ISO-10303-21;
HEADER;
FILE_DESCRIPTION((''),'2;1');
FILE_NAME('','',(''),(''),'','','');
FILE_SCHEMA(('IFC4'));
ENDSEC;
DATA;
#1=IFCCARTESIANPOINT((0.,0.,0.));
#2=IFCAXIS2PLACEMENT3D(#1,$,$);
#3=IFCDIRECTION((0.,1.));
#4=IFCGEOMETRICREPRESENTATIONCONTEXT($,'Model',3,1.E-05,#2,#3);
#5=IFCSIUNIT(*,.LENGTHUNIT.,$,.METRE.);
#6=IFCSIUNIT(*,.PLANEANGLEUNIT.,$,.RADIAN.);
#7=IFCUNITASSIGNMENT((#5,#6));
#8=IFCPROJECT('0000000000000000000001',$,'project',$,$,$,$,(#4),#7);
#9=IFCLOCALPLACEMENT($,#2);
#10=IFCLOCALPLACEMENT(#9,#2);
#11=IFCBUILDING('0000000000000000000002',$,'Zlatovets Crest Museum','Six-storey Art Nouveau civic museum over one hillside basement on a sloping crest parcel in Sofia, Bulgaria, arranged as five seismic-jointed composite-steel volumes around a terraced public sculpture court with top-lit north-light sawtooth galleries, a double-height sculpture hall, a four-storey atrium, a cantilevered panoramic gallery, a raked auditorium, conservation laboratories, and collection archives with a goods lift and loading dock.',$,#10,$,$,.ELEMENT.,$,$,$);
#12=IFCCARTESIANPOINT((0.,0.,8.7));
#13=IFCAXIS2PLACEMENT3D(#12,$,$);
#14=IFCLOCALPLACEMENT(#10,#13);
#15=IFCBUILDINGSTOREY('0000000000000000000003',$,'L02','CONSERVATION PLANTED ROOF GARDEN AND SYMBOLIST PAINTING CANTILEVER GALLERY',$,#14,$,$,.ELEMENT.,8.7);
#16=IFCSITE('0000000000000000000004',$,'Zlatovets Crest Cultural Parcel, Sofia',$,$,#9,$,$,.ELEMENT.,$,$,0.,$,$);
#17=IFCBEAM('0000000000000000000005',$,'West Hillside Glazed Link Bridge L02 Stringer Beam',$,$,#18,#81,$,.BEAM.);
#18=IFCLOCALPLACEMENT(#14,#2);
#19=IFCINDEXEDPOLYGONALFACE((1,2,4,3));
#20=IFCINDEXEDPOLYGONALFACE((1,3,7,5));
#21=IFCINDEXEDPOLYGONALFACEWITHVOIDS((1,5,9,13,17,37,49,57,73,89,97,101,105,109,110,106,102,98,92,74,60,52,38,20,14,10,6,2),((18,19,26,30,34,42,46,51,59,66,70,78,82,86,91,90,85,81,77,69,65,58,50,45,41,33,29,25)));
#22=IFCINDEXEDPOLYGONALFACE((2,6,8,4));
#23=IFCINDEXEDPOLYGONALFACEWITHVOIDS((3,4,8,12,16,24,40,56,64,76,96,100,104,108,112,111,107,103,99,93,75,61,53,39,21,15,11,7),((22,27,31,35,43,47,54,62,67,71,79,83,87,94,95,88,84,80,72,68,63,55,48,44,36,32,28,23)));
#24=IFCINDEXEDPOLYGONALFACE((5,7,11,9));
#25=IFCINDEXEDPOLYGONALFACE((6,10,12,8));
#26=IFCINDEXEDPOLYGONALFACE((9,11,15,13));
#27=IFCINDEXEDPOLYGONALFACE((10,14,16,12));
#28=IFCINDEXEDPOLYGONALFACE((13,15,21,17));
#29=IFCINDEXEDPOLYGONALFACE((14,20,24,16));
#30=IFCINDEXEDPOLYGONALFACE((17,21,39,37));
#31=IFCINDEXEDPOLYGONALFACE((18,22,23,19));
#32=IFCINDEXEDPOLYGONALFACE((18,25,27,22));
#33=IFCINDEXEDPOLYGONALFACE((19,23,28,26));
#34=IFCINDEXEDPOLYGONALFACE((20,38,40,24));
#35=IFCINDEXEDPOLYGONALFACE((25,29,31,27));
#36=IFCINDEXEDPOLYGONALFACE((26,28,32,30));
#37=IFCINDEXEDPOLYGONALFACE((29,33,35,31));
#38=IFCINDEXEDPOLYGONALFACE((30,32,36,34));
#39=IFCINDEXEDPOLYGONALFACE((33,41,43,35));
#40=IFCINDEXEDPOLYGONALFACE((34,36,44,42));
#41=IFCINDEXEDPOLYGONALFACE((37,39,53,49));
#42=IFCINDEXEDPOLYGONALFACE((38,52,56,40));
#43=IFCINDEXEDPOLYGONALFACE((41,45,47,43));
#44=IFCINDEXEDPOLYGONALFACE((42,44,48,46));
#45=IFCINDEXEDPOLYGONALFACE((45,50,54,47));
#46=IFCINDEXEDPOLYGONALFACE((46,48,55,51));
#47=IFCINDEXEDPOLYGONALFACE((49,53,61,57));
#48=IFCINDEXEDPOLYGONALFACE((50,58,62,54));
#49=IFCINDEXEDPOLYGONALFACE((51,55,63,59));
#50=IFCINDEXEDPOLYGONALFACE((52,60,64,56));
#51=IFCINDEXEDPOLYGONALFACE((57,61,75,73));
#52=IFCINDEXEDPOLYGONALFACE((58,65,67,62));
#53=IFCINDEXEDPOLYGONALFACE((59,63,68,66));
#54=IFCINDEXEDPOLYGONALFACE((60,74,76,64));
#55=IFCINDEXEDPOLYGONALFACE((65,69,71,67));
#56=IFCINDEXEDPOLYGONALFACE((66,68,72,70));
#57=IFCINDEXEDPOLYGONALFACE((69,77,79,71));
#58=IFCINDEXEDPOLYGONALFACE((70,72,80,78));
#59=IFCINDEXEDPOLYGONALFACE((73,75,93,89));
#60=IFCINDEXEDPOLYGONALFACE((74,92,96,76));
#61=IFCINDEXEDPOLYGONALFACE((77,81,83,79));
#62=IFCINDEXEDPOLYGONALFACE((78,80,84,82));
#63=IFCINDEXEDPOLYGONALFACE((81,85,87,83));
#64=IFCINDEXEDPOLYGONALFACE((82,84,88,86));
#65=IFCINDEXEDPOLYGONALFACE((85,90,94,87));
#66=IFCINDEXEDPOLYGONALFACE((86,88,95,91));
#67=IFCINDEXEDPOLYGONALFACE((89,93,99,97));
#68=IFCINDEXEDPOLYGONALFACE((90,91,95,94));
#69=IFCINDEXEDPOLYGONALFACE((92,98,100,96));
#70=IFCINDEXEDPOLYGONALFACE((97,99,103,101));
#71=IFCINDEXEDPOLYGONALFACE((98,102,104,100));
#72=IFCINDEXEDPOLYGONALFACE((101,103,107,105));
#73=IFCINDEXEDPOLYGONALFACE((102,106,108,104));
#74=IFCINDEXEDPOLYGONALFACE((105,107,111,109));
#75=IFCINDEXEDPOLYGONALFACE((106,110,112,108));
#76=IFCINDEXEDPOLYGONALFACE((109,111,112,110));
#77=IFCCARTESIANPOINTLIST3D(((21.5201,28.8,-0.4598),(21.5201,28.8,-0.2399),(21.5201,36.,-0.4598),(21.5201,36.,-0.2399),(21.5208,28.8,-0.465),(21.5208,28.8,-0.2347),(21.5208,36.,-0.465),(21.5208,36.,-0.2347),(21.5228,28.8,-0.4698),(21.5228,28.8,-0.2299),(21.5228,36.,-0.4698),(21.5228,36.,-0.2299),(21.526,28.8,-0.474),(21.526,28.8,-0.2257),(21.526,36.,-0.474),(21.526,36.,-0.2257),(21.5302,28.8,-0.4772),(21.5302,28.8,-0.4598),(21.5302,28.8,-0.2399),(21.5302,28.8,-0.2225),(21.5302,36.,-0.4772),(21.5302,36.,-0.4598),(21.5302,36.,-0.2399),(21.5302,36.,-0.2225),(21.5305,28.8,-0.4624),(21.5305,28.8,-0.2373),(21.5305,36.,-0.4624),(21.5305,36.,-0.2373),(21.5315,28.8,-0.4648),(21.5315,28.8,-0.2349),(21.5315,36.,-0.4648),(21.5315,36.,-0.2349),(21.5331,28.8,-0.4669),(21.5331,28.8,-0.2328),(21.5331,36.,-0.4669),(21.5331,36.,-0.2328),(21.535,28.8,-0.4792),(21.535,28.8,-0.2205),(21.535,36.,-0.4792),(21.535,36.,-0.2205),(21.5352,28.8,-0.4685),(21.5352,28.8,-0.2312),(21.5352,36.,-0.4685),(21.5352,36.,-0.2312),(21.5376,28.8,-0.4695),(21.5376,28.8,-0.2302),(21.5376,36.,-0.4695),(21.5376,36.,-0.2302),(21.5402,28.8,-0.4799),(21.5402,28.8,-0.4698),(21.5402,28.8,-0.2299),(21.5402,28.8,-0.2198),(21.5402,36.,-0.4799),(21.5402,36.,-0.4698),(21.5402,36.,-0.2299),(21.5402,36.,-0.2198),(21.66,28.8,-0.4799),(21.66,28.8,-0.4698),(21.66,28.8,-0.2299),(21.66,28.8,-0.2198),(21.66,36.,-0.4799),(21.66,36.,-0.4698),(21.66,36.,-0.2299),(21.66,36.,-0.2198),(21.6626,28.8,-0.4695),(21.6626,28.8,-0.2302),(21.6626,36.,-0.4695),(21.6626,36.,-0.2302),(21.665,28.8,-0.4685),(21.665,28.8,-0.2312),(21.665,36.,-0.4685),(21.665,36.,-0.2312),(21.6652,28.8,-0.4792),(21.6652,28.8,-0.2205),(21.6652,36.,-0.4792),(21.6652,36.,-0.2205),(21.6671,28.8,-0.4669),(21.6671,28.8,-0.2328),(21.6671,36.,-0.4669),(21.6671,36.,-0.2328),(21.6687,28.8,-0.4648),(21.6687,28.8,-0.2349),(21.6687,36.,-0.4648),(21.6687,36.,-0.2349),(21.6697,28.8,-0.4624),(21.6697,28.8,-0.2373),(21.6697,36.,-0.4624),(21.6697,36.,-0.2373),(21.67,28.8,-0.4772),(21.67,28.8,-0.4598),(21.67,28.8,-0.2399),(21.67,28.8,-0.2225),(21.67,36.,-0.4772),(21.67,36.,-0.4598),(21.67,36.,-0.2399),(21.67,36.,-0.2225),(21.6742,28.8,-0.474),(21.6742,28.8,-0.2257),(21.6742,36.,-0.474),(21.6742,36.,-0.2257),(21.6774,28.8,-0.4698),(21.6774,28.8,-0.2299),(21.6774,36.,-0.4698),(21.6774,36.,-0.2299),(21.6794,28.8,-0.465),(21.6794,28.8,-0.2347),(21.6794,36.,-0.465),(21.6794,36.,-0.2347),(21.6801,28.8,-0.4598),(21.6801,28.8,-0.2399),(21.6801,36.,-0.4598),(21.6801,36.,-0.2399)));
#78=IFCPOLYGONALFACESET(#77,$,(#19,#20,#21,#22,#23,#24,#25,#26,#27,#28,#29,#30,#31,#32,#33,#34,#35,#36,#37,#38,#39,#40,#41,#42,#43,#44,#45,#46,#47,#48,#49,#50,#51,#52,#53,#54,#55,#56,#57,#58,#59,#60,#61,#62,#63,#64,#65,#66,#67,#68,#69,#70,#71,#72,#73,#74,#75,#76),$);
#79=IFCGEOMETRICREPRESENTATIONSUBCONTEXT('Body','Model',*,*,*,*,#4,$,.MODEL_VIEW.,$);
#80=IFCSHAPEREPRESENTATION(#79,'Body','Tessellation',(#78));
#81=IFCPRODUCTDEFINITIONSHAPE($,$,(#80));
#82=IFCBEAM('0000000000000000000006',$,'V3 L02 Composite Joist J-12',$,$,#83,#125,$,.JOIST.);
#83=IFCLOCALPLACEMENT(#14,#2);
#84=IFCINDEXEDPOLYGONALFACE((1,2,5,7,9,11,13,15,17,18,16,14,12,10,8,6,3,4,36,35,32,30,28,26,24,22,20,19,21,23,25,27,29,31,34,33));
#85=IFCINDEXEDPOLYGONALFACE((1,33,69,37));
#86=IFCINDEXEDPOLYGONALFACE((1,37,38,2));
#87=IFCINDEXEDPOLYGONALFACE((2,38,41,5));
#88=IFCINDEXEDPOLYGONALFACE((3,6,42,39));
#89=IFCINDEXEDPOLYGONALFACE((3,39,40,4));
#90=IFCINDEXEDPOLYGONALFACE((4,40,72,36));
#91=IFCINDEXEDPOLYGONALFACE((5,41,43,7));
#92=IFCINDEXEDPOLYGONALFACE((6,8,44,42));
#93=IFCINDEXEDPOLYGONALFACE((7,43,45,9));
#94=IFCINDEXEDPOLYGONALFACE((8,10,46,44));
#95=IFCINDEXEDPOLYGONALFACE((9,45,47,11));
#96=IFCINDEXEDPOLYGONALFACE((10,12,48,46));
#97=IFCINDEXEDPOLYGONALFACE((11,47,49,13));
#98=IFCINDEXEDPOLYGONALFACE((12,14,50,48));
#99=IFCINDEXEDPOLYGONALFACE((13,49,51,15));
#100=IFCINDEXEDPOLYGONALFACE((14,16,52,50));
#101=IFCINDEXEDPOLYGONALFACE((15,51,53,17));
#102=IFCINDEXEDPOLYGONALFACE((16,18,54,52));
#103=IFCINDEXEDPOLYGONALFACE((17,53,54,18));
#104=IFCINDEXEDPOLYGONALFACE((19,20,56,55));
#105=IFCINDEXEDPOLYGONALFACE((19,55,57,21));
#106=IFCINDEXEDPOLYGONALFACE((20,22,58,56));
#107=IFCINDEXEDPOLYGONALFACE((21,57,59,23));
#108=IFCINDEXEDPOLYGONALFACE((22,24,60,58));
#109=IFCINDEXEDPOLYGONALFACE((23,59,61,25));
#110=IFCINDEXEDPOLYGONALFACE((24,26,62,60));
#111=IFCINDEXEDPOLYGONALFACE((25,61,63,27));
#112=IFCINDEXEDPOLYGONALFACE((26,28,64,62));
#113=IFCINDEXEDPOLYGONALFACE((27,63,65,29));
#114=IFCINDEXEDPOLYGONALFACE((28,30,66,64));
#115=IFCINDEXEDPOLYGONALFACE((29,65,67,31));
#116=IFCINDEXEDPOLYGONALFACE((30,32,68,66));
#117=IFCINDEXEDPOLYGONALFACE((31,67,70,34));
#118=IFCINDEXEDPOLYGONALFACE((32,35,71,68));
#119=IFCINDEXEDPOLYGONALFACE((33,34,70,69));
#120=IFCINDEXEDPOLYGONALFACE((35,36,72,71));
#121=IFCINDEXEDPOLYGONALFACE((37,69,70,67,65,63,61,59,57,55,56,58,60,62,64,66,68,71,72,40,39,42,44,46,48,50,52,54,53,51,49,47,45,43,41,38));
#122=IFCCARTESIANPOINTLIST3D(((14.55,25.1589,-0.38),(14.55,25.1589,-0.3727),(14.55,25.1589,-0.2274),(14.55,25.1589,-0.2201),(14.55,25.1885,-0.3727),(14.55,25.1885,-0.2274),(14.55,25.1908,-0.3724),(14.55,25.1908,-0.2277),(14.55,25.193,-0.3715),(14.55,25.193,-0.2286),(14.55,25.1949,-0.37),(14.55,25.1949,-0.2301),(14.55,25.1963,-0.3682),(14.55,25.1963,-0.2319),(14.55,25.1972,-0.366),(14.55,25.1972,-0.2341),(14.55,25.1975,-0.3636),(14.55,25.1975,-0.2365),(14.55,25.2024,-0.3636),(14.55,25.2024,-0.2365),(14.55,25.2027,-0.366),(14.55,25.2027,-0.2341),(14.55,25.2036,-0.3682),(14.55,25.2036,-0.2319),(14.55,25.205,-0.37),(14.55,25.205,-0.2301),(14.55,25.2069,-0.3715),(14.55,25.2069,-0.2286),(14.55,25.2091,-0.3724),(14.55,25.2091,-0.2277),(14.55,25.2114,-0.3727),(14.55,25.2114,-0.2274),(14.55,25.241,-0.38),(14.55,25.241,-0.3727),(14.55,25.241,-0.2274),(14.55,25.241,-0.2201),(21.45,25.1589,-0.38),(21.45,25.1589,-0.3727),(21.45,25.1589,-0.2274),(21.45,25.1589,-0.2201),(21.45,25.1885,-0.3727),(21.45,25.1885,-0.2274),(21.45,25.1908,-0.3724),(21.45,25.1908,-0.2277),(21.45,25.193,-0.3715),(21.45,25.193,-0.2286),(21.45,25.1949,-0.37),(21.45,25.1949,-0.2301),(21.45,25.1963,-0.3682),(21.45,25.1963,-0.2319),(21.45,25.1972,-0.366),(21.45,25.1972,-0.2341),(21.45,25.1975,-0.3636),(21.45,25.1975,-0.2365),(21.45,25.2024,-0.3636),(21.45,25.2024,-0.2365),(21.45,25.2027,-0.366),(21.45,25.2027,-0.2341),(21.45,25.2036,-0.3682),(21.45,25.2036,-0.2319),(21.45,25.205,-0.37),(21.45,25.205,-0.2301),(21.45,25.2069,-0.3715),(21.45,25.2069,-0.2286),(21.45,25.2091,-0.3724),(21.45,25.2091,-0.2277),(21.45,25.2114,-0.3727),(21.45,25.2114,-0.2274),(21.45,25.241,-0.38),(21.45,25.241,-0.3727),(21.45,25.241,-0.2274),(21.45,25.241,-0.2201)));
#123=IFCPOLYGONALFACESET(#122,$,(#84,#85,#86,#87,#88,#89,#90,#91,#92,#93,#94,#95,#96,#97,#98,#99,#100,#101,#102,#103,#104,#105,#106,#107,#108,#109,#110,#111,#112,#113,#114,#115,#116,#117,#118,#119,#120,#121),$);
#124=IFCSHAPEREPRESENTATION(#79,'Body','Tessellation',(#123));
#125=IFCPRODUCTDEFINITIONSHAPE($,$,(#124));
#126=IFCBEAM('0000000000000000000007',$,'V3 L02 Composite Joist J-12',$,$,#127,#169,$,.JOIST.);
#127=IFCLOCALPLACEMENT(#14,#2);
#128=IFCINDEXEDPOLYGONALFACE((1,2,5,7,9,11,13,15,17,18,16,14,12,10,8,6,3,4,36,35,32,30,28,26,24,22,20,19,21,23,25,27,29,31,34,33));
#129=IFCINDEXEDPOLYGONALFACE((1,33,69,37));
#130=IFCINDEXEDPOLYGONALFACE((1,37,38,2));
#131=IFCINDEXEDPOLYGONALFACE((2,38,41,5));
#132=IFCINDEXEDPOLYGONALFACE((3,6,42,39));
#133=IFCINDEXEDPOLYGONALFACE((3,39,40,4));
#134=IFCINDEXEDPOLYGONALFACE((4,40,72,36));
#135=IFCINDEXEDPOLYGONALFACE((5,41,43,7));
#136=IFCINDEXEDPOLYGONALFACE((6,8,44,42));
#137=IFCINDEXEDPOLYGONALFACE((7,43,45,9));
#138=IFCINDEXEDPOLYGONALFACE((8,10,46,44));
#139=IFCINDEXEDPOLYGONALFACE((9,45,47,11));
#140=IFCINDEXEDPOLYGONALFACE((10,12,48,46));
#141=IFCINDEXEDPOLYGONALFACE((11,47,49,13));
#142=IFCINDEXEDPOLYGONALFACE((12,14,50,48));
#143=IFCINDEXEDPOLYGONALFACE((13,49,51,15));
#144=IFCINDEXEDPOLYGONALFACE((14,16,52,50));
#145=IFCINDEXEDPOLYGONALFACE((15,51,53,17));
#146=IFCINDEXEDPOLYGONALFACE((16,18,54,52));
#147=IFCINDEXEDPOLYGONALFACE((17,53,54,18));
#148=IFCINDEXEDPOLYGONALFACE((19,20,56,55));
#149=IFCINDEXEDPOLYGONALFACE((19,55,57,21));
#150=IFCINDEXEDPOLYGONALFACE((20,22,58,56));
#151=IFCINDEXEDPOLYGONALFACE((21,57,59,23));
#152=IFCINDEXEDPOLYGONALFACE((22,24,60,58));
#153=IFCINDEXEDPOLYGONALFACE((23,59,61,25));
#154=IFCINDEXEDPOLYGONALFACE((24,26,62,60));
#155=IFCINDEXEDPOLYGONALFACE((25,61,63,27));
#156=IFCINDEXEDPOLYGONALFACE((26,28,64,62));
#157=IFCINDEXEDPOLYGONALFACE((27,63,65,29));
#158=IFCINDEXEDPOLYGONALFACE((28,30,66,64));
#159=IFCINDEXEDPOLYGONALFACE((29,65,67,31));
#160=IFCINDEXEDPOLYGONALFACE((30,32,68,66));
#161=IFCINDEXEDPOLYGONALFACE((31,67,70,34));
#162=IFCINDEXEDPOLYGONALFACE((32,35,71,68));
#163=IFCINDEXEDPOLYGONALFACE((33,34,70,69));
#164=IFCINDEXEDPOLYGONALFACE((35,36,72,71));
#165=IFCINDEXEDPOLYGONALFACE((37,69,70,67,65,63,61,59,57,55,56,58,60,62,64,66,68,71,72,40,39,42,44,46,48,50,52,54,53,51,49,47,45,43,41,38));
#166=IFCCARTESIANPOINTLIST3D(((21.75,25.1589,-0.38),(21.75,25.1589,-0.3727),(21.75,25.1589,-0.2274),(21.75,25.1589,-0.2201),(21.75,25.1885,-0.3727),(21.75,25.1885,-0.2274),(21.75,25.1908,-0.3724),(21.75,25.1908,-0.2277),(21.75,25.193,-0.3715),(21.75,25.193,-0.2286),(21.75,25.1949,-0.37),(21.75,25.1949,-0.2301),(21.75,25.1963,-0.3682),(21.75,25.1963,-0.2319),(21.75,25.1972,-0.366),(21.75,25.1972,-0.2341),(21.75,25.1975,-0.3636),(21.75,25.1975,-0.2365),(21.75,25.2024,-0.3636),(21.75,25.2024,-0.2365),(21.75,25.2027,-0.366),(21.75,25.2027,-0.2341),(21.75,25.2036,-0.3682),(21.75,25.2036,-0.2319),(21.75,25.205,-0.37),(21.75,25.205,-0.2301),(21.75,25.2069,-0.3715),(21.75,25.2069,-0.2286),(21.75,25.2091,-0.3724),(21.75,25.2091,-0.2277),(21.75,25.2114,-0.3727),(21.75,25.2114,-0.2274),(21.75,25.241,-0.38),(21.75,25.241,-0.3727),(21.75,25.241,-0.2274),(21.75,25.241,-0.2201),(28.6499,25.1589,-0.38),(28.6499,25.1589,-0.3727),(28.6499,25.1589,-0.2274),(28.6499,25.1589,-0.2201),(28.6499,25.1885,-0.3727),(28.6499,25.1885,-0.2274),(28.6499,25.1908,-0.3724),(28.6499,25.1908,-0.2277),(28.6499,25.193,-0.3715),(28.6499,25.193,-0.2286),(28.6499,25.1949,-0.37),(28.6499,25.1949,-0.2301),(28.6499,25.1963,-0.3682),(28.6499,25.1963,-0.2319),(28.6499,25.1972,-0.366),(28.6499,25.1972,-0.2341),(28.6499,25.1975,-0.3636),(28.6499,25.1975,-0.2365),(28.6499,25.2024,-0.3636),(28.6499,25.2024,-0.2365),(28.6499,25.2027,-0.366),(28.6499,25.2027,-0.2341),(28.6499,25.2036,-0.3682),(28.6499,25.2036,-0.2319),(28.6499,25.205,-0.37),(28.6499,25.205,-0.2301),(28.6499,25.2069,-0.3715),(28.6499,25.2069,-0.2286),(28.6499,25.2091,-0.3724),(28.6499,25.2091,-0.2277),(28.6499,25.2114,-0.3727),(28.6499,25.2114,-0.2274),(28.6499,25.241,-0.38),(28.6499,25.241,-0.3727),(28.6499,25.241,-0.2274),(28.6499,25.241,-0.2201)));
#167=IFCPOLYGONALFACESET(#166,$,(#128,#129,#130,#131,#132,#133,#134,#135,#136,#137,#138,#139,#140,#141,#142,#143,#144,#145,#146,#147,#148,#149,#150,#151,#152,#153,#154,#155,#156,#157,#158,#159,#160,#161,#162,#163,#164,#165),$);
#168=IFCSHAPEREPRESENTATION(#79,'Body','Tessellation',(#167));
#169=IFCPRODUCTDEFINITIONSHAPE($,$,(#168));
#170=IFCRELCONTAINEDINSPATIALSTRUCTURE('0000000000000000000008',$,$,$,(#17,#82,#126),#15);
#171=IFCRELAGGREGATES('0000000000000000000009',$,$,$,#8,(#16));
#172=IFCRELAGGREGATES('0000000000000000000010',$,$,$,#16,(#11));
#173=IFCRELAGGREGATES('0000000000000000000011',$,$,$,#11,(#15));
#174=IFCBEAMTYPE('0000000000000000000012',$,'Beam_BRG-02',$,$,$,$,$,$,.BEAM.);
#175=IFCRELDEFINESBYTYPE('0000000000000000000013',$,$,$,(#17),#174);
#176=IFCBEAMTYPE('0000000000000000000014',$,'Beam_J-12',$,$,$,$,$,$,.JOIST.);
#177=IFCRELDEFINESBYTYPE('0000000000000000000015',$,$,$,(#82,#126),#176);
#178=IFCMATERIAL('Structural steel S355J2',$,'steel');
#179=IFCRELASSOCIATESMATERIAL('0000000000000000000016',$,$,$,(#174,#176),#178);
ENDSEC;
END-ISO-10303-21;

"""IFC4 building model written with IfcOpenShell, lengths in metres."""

from ifc_helpers import new_model, si_unit, direction, frame, origin, origin_2d, place, context, subcontext, project, spatial, hollow_rectangle, i_section, extrude, material, material_profile, profile_set, type_object, element, save


model = new_model("IFC4")

# Units and contexts
model_context = context("Model", 3, precision=1e-05, world=origin(), true_north=direction((0.0, 1.0)))
body_context = subcontext(model_context, "Body", "Model", "MODEL_VIEW")
ifc_project = project(units=[si_unit("LENGTHUNIT", "METRE"), si_unit("PLANEANGLEUNIT", "RADIAN")], contexts=[model_context])

# Site, building, storey
site_placement = place(None, origin())
site = spatial("IfcSite", under=ifc_project, at=site_placement, Name="Zlatovets Crest Cultural Parcel, Sofia", CompositionType="ELEMENT", RefElevation=0.0)
building_placement = place(site_placement, origin())
building = spatial("IfcBuilding", under=site, at=building_placement, Name="Zlatovets Crest Museum", Description="Six-storey Art Nouveau civic museum over one hillside basement on a sloping crest parcel in Sofia, Bulgaria, arranged as five seismic-jointed composite-steel volumes around a terraced public sculpture court with top-lit north-light sawtooth galleries, a double-height sculpture hall, a four-storey atrium, a cantilevered panoramic gallery, a raked auditorium, conservation laboratories, and collection archives with a goods lift and loading dock.", CompositionType="ELEMENT")
storey_placement = place(building_placement, frame((0.0, 0.0, 8.7)))
storey = spatial("IfcBuildingStorey", under=building, at=storey_placement, Name="L02", Description="CONSERVATION PLANTED ROOF GARDEN AND SYMBOLIST PAINTING CANTILEVER GALLERY", CompositionType="ELEMENT", Elevation=8.7)

# Shared definitions
ifc_material_1 = material(Name="Structural steel S355J2", Category="steel")

# Beams
ifc_material_profile_1 = material_profile(ifc_material_1, hollow_rectangle(XDim=0.1599, YDim=0.26, WallThickness=0.01, InnerFilletRadius=0.01, OuterFilletRadius=0.02, at=origin_2d()), Name="RHS 160x260x10.0")
ifc_profile_set_1 = profile_set([ifc_material_profile_1], Name="Structural steel S355J2")
beam_type_1 = type_object("IfcBeamType", Name="Beam_BRG-02", PredefinedType="BEAM", material=ifc_profile_set_1)
beam_1_placement = place(storey_placement, frame((21.6001, 28.8, -0.3499), z_axis=(0.0, 1.0, 0.0), x_axis=(-1.0, 0.0, 0.0)))
element("IfcBeam", 1, at=beam_1_placement, inside=storey, type_object=beam_type_1, Name="West Hillside Glazed Link Bridge L02 Stringer Beam", PredefinedType="BEAM", context=body_context, shape_type="SweptSolid", body=[
    extrude(hollow_rectangle(XDim=0.1599, YDim=0.26, WallThickness=0.01, InnerFilletRadius=0.01, OuterFilletRadius=0.02, at=origin_2d()), origin(), (0.0, 0.0, 1.0), 7.2),
])
ifc_material_profile_2 = material_profile(ifc_material_1, i_section(OverallWidth=0.082, OverallDepth=0.1599, WebThickness=0.0049, FlangeThickness=0.0073, FilletRadius=0.009, at=origin_2d()), Name="IPE 160")
ifc_profile_set_2 = profile_set([ifc_material_profile_2], Name="Structural steel S355J2")
beam_type_2 = type_object("IfcBeamType", Name="Beam_J-12", PredefinedType="JOIST", material=ifc_profile_set_2)
for number, where, z_axis, x_axis, name in (
    (2, (14.55, 25.2, -0.3), (1.0, 0.0, 0.0), (0.0, 1.0, 0.0), "V3 L02 Composite Joist J-12"),
    (3, (21.75, 25.2, -0.3), (1.0, 0.0, 0.0), (0.0, 1.0, 0.0), "V3 L02 Composite Joist J-12"),
):
    element("IfcBeam", number, at=place(storey_placement, frame(where, z_axis=z_axis, x_axis=x_axis)), inside=storey, type_object=beam_type_2, Name=name, PredefinedType="JOIST", context=body_context, shape_type="SweptSolid", body=[
        extrude(i_section(OverallWidth=0.082, OverallDepth=0.1599, WebThickness=0.0049, FlangeThickness=0.0073, FilletRadius=0.009, at=origin_2d()), origin(), (0.0, 0.0, 1.0), 6.8999),
    ])

save(model, "model.ifc")
